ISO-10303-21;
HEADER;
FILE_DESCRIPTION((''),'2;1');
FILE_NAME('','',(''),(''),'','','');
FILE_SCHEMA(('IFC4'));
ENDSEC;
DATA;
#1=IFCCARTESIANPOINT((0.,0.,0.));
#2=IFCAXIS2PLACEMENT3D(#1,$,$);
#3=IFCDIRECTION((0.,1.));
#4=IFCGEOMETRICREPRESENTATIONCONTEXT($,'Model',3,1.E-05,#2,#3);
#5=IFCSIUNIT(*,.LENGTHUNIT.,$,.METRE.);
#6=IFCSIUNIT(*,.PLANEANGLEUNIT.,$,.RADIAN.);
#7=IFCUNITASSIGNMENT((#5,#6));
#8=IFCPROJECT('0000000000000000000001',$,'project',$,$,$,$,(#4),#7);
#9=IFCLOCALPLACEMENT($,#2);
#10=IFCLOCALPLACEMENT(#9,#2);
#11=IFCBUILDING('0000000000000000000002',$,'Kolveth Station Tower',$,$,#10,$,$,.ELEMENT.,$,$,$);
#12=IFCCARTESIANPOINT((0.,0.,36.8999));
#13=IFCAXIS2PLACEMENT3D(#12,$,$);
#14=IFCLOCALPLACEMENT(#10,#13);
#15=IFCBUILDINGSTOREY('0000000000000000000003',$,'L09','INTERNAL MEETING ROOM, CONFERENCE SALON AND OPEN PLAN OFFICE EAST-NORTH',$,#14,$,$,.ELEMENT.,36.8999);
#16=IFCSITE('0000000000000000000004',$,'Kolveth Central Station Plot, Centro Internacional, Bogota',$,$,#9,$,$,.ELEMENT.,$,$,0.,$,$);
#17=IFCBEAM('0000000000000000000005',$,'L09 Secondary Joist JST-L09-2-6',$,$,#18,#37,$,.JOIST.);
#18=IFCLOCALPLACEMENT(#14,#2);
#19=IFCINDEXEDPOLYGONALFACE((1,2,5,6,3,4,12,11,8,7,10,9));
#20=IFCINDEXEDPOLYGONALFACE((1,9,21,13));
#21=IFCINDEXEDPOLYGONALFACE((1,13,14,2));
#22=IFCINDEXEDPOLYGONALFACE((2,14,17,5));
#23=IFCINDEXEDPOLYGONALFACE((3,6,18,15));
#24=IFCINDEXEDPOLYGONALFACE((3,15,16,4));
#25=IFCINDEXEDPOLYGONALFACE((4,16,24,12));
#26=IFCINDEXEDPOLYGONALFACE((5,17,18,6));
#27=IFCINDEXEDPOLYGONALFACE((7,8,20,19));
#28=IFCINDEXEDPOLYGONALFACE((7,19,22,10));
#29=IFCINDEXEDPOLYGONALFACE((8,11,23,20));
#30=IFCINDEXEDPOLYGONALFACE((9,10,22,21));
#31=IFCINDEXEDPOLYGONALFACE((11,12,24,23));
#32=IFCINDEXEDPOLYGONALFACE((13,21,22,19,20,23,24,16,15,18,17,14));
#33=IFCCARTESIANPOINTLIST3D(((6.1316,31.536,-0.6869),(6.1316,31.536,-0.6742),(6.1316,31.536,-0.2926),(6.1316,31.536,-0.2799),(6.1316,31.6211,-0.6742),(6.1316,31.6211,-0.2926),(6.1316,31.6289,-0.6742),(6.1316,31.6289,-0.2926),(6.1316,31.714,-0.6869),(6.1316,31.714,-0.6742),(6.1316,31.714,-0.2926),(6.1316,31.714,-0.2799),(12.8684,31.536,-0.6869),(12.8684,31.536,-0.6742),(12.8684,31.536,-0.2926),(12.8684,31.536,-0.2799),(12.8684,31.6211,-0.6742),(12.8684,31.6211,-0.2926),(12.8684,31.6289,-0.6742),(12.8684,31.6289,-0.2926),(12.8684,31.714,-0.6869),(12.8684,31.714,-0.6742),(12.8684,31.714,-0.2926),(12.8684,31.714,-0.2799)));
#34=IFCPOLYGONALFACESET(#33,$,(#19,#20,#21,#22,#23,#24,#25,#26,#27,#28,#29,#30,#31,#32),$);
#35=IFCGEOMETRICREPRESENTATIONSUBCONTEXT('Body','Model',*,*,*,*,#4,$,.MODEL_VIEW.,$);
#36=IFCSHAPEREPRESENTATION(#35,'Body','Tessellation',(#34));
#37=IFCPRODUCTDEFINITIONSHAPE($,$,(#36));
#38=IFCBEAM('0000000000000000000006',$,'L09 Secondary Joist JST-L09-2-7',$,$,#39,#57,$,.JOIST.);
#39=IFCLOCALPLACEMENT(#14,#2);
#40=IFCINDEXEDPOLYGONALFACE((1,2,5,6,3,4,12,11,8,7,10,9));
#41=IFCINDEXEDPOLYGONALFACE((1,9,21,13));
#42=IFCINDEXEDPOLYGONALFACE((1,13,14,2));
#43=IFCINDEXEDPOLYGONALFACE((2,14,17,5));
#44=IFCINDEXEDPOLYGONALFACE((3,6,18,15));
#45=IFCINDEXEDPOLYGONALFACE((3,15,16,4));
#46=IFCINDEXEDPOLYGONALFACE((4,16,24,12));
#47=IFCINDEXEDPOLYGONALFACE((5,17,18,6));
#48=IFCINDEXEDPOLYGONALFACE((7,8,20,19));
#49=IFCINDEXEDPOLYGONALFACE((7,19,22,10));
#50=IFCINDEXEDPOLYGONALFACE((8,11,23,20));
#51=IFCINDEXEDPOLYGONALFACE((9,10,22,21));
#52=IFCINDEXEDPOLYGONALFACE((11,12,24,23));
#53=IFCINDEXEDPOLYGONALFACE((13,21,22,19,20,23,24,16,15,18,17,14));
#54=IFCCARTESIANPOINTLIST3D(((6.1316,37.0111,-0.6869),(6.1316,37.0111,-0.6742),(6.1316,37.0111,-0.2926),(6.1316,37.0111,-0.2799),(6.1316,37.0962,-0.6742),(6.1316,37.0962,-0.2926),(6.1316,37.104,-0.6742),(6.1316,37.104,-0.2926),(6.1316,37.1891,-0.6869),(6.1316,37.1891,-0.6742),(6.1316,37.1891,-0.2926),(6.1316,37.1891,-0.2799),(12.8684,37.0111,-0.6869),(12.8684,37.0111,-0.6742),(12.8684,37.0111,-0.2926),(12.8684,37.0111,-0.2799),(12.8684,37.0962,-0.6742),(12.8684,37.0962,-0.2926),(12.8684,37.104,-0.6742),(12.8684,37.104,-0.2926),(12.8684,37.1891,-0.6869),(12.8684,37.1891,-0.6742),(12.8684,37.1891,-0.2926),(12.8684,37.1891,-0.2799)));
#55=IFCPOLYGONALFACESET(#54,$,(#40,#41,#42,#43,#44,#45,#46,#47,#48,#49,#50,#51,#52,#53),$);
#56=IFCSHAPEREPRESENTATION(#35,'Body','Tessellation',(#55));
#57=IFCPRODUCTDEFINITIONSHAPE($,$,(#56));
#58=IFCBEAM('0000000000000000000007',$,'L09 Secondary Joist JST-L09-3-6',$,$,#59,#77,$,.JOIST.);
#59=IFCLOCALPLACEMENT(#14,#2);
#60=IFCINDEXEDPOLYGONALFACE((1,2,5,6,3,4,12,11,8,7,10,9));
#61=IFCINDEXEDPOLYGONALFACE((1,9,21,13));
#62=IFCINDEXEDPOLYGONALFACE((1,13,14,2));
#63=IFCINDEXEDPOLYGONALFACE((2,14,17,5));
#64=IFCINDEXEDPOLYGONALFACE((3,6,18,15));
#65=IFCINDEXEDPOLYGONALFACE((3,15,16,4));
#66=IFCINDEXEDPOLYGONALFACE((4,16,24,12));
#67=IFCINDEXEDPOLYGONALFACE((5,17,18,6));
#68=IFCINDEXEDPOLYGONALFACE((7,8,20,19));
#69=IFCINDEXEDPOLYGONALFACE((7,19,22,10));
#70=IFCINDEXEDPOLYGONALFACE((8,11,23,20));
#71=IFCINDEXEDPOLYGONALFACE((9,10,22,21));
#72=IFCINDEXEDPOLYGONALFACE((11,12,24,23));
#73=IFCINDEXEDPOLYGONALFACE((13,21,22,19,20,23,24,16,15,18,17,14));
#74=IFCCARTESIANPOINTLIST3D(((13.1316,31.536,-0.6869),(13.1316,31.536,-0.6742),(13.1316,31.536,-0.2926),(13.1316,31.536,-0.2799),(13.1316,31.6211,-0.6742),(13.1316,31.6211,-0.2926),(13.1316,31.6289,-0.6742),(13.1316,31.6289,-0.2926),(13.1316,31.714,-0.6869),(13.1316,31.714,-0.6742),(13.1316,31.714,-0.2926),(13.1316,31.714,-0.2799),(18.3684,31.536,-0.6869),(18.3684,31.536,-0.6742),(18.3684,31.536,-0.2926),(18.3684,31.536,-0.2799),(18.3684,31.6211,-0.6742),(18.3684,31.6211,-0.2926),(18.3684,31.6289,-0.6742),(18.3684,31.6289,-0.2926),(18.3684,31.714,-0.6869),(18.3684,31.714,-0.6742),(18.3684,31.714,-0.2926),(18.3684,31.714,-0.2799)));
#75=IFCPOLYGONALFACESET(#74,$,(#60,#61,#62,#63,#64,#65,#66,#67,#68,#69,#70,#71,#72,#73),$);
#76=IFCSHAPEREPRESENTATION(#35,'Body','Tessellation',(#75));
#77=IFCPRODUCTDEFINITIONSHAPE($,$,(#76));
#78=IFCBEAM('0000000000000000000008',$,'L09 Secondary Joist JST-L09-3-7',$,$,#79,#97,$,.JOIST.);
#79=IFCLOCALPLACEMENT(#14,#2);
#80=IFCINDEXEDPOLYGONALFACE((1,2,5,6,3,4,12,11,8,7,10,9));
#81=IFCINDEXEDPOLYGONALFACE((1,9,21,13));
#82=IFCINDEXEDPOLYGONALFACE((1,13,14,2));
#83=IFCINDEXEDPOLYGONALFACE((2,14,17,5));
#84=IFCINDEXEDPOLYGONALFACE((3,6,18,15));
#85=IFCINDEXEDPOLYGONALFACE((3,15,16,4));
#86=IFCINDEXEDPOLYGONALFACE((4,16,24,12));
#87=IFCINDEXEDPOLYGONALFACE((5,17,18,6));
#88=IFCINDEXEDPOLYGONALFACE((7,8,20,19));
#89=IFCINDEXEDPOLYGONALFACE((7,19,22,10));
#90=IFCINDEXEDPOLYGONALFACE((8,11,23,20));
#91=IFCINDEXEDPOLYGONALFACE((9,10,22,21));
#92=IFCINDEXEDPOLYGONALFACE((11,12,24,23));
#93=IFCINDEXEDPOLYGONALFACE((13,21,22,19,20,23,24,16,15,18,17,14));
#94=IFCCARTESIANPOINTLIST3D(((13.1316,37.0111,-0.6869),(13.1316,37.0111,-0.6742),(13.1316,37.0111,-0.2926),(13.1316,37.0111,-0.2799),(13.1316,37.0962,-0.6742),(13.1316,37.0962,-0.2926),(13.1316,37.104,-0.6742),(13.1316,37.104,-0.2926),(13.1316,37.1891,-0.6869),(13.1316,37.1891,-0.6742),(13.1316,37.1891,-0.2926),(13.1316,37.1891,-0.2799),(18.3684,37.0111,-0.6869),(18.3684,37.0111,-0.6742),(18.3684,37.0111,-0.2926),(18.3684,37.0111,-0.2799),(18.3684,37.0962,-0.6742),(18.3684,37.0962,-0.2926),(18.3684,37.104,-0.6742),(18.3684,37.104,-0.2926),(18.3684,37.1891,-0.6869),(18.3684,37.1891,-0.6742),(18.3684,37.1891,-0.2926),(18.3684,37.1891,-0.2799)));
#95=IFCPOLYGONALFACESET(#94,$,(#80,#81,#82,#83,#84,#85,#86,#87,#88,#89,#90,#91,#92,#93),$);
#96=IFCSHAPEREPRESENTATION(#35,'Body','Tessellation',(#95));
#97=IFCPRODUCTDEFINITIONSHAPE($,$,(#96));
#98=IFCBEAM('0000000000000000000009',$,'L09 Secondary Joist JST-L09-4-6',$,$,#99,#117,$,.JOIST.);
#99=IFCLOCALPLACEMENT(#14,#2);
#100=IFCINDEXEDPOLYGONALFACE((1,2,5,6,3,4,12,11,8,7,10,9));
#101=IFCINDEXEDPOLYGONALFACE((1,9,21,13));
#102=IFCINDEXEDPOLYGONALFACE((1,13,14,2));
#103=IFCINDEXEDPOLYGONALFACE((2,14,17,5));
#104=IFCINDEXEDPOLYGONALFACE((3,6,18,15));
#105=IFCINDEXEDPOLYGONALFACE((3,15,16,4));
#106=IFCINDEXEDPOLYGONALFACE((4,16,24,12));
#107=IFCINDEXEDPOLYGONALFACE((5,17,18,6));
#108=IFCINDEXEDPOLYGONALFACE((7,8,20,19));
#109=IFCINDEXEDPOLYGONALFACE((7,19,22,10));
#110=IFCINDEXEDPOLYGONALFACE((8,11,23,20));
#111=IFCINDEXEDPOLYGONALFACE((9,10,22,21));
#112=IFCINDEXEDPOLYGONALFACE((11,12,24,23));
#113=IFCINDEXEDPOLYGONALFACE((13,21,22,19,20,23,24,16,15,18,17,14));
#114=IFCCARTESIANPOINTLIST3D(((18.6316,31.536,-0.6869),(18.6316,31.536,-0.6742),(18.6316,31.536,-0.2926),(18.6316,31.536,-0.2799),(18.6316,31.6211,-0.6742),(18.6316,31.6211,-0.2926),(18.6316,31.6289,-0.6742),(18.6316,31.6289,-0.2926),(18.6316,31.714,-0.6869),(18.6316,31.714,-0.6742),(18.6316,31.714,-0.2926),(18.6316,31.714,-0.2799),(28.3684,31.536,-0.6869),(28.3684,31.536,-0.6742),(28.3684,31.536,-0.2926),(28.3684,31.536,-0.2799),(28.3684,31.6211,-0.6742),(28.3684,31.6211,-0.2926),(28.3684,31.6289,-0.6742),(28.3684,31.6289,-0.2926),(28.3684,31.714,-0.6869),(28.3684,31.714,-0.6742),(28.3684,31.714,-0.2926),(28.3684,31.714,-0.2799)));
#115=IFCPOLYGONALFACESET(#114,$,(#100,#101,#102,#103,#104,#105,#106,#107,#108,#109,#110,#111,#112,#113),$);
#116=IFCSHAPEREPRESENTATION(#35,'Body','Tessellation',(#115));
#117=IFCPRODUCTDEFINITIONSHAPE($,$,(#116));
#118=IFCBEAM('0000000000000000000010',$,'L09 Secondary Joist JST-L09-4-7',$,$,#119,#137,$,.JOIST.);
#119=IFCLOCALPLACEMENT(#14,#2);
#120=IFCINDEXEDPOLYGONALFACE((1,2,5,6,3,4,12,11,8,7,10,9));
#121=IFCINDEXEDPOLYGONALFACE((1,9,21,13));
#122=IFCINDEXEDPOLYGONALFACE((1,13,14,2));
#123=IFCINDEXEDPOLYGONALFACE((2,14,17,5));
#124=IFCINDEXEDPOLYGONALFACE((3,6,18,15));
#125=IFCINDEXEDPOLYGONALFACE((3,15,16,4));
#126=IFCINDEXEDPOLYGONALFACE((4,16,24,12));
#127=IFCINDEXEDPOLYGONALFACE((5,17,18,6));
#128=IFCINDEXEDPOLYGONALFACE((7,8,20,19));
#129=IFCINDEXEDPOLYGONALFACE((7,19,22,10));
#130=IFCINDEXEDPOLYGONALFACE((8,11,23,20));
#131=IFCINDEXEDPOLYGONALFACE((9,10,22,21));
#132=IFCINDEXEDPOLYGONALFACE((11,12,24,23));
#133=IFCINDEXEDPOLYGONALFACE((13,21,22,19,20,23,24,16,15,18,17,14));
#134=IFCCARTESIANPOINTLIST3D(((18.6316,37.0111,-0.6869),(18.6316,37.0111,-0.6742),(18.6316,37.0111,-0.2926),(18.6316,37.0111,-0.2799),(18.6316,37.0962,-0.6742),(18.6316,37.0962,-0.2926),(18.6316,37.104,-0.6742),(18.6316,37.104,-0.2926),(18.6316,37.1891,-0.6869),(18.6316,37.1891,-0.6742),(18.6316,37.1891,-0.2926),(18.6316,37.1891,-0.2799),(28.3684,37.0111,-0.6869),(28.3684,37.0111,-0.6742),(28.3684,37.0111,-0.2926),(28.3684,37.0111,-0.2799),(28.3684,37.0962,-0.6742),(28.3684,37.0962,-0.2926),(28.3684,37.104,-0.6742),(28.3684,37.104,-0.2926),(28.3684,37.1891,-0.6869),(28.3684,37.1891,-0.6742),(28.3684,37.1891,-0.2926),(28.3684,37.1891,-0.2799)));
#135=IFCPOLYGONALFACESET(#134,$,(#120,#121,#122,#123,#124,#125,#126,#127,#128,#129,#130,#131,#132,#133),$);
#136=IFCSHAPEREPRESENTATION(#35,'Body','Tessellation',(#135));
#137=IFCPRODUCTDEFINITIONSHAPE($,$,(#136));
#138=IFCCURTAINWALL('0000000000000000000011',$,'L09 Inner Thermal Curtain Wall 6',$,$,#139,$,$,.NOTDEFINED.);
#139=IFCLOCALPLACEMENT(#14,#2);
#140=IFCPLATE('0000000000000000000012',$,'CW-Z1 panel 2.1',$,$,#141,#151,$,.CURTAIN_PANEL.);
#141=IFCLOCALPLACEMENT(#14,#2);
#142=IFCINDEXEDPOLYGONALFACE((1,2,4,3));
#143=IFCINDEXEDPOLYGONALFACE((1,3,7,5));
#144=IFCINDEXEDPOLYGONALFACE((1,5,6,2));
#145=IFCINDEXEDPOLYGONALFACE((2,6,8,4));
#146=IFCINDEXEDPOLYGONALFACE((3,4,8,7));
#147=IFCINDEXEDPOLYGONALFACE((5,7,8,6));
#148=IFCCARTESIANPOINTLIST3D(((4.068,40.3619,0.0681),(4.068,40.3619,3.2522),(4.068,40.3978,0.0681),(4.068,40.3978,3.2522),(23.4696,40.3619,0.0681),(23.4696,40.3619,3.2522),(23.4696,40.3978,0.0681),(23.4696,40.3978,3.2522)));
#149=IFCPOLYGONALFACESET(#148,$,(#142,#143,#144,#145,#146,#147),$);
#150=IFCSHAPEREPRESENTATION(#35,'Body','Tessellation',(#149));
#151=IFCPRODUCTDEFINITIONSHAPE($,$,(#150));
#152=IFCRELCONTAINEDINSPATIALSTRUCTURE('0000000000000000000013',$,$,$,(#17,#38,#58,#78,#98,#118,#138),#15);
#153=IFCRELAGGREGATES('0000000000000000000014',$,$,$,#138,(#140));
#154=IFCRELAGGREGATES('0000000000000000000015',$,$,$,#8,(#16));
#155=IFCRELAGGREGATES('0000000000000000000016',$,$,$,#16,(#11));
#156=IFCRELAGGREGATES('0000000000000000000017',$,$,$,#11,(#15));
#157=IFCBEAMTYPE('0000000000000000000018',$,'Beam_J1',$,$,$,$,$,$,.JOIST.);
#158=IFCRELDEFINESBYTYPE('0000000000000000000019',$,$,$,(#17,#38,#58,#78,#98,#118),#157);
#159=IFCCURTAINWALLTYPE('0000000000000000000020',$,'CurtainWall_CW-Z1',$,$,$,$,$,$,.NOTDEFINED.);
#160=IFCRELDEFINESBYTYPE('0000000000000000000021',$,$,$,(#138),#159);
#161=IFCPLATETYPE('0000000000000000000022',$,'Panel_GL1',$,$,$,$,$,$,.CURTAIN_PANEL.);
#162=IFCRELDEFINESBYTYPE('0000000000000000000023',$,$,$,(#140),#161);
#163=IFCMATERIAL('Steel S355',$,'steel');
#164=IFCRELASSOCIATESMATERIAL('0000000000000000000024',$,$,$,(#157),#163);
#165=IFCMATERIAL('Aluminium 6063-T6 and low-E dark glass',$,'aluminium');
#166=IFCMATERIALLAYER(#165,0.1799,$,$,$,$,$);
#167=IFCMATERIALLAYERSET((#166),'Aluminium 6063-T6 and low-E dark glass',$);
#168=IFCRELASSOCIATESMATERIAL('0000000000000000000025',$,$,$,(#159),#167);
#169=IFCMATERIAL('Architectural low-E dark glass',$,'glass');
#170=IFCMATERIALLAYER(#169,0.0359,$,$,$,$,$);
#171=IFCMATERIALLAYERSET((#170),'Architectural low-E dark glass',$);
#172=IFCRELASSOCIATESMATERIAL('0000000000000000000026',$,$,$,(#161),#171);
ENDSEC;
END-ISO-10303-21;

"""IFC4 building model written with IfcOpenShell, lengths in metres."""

from ifc_helpers import new_model, si_unit, direction, frame, origin, origin_2d, place, context, subcontext, project, spatial, rectangle, i_section, extrude, source, transform, mapped, material, layer, layer_set, material_profile, profile_set, type_object, element, aggregate, save


model = new_model("IFC4")

# Units and contexts
model_context = context("Model", 3, precision=1e-05, world=origin(), true_north=direction((0.0, 1.0)))
body_context = subcontext(model_context, "Body", "Model", "MODEL_VIEW")
ifc_project = project(units=[si_unit("LENGTHUNIT", "METRE"), si_unit("PLANEANGLEUNIT", "RADIAN")], contexts=[model_context])

# Site, building, storey
site_placement = place(None, origin())
site = spatial("IfcSite", under=ifc_project, at=site_placement, Name="Kolveth Central Station Plot, Centro Internacional, Bogota", CompositionType="ELEMENT", RefElevation=0.0)
building_placement = place(site_placement, origin())
building = spatial("IfcBuilding", under=site, at=building_placement, Name="Kolveth Station Tower", CompositionType="ELEMENT")
storey_placement = place(building_placement, frame((0.0, 0.0, 36.8999)))
storey = spatial("IfcBuildingStorey", under=building, at=storey_placement, Name="L09", Description="INTERNAL MEETING ROOM, CONFERENCE SALON AND OPEN PLAN OFFICE EAST-NORTH", CompositionType="ELEMENT", Elevation=36.8999)

# Shared definitions
ifc_material_1 = material(Name="Steel S355", Category="steel")

# Beams
ifc_material_profile_1 = material_profile(ifc_material_1, i_section(OverallWidth=0.178, OverallDepth=0.407, WebThickness=0.0078, FlangeThickness=0.0127, at=origin_2d()), Name="W410x60")
ifc_profile_set_1 = profile_set([ifc_material_profile_1], Name="Steel S355")
beam_type_1 = type_object("IfcBeamType", Name="Beam_J1", PredefinedType="JOIST", material=ifc_profile_set_1)
shared_shape_1 = source(origin(), body_context, "Body", "SweptSolid", [
    extrude(i_section(OverallWidth=0.178, OverallDepth=0.407, WebThickness=0.0078, FlangeThickness=0.0127, at=origin_2d()), origin(), (0.0, 0.0, 1.0), 6.7368),
])
for number, where, z_axis, x_axis, name in (
    (1, (6.1316, 31.625, -0.4834), (1.0, 0.0, 0.0), (0.0, 1.0, 0.0), "L09 Secondary Joist JST-L09-2-6"),
    (2, (6.1316, 37.1001, -0.4834), (1.0, 0.0, 0.0), (0.0, 1.0, 0.0), "L09 Secondary Joist JST-L09-2-7"),
):
    element("IfcBeam", number, at=place(storey_placement, frame(where, z_axis=z_axis, x_axis=x_axis)), inside=storey, type_object=beam_type_1, Name=name, PredefinedType="JOIST", context=body_context, shape_type="MappedRepresentation", body=[
        mapped(shared_shape_1, transform((0.0, 0.0, 0.0), x_axis=(1.0, 0.0, 0.0), y_axis=(0.0, 1.0, 0.0), z_axis=(0.0, 0.0, 1.0), scale=1.0)),
    ])
shared_shape_2 = source(origin(), body_context, "Body", "SweptSolid", [
    extrude(i_section(OverallWidth=0.178, OverallDepth=0.407, WebThickness=0.0078, FlangeThickness=0.0127, at=origin_2d()), origin(), (0.0, 0.0, 1.0), 5.2368),
])
for number, where, z_axis, x_axis, name in (
    (3, (13.1316, 31.625, -0.4834), (1.0, 0.0, 0.0), (0.0, 1.0, 0.0), "L09 Secondary Joist JST-L09-3-6"),
    (4, (13.1316, 37.1001, -0.4834), (1.0, 0.0, 0.0), (0.0, 1.0, 0.0), "L09 Secondary Joist JST-L09-3-7"),
):
    element("IfcBeam", number, at=place(storey_placement, frame(where, z_axis=z_axis, x_axis=x_axis)), inside=storey, type_object=beam_type_1, Name=name, PredefinedType="JOIST", context=body_context, shape_type="MappedRepresentation", body=[
        mapped(shared_shape_2, transform((0.0, 0.0, 0.0), x_axis=(1.0, 0.0, 0.0), y_axis=(0.0, 1.0, 0.0), z_axis=(0.0, 0.0, 1.0), scale=1.0)),
    ])
shared_shape_3 = source(origin(), body_context, "Body", "SweptSolid", [
    extrude(i_section(OverallWidth=0.178, OverallDepth=0.407, WebThickness=0.0078, FlangeThickness=0.0127, at=origin_2d()), origin(), (0.0, 0.0, 1.0), 9.7368),
])
for number, where, z_axis, x_axis, name in (
    (5, (18.6316, 31.625, -0.4834), (1.0, 0.0, 0.0), (0.0, 1.0, 0.0), "L09 Secondary Joist JST-L09-4-6"),
    (6, (18.6316, 37.1001, -0.4834), (1.0, 0.0, 0.0), (0.0, 1.0, 0.0), "L09 Secondary Joist JST-L09-4-7"),
):
    element("IfcBeam", number, at=place(storey_placement, frame(where, z_axis=z_axis, x_axis=x_axis)), inside=storey, type_object=beam_type_1, Name=name, PredefinedType="JOIST", context=body_context, shape_type="MappedRepresentation", body=[
        mapped(shared_shape_3, transform((0.0, 0.0, 0.0), x_axis=(1.0, 0.0, 0.0), y_axis=(0.0, 1.0, 0.0), z_axis=(0.0, 0.0, 1.0), scale=1.0)),
    ])

# Curtain wall, plate
ifc_material_2 = material(Name="Aluminium 6063-T6 and low-E dark glass", Category="aluminium")
ifc_layer_1 = layer(ifc_material_2, 0.1799)
ifc_layer_set_1 = layer_set([ifc_layer_1], Name="Aluminium 6063-T6 and low-E dark glass")
curtain_wall_type = type_object("IfcCurtainWallType", Name="CurtainWall_CW-Z1", PredefinedType="NOTDEFINED", material=ifc_layer_set_1)
curtain_wall_placement = place(storey_placement, origin())
curtain_wall = element("IfcCurtainWall", 7, at=curtain_wall_placement, inside=storey, type_object=curtain_wall_type, Name="L09 Inner Thermal Curtain Wall 6", PredefinedType="NOTDEFINED")
ifc_material_3 = material(Name="Architectural low-E dark glass", Category="glass")
ifc_layer_2 = layer(ifc_material_3, 0.0359)
ifc_layer_set_2 = layer_set([ifc_layer_2], Name="Architectural low-E dark glass")
plate_type = type_object("IfcPlateType", Name="Panel_GL1", PredefinedType="CURTAIN_PANEL", material=ifc_layer_set_2)
shared_shape_4 = source(origin(), body_context, "Body", "SweptSolid", [
    extrude(rectangle(XDim=19.4016, YDim=0.0359, at=origin_2d()), origin(), (0.0, 0.0, 1.0), 3.1841),
])
plate_placement = place(storey_placement, frame((13.7688, 40.3799, 0.0681), z_axis=(0.0, 0.0, 1.0), x_axis=(-1.0, 0.0, 0.0)))
plate = element("IfcPlate", 8, at=plate_placement, type_object=plate_type, Name="CW-Z1 panel 2.1", PredefinedType="CURTAIN_PANEL", context=body_context, shape_type="MappedRepresentation", body=[
    mapped(shared_shape_4, transform((0.0, 0.0, 0.0), x_axis=(1.0, 0.0, 0.0), y_axis=(0.0, 1.0, 0.0), z_axis=(0.0, 0.0, 1.0), scale=1.0)),
])
aggregate(curtain_wall, [plate])

save(model, "model.ifc")
